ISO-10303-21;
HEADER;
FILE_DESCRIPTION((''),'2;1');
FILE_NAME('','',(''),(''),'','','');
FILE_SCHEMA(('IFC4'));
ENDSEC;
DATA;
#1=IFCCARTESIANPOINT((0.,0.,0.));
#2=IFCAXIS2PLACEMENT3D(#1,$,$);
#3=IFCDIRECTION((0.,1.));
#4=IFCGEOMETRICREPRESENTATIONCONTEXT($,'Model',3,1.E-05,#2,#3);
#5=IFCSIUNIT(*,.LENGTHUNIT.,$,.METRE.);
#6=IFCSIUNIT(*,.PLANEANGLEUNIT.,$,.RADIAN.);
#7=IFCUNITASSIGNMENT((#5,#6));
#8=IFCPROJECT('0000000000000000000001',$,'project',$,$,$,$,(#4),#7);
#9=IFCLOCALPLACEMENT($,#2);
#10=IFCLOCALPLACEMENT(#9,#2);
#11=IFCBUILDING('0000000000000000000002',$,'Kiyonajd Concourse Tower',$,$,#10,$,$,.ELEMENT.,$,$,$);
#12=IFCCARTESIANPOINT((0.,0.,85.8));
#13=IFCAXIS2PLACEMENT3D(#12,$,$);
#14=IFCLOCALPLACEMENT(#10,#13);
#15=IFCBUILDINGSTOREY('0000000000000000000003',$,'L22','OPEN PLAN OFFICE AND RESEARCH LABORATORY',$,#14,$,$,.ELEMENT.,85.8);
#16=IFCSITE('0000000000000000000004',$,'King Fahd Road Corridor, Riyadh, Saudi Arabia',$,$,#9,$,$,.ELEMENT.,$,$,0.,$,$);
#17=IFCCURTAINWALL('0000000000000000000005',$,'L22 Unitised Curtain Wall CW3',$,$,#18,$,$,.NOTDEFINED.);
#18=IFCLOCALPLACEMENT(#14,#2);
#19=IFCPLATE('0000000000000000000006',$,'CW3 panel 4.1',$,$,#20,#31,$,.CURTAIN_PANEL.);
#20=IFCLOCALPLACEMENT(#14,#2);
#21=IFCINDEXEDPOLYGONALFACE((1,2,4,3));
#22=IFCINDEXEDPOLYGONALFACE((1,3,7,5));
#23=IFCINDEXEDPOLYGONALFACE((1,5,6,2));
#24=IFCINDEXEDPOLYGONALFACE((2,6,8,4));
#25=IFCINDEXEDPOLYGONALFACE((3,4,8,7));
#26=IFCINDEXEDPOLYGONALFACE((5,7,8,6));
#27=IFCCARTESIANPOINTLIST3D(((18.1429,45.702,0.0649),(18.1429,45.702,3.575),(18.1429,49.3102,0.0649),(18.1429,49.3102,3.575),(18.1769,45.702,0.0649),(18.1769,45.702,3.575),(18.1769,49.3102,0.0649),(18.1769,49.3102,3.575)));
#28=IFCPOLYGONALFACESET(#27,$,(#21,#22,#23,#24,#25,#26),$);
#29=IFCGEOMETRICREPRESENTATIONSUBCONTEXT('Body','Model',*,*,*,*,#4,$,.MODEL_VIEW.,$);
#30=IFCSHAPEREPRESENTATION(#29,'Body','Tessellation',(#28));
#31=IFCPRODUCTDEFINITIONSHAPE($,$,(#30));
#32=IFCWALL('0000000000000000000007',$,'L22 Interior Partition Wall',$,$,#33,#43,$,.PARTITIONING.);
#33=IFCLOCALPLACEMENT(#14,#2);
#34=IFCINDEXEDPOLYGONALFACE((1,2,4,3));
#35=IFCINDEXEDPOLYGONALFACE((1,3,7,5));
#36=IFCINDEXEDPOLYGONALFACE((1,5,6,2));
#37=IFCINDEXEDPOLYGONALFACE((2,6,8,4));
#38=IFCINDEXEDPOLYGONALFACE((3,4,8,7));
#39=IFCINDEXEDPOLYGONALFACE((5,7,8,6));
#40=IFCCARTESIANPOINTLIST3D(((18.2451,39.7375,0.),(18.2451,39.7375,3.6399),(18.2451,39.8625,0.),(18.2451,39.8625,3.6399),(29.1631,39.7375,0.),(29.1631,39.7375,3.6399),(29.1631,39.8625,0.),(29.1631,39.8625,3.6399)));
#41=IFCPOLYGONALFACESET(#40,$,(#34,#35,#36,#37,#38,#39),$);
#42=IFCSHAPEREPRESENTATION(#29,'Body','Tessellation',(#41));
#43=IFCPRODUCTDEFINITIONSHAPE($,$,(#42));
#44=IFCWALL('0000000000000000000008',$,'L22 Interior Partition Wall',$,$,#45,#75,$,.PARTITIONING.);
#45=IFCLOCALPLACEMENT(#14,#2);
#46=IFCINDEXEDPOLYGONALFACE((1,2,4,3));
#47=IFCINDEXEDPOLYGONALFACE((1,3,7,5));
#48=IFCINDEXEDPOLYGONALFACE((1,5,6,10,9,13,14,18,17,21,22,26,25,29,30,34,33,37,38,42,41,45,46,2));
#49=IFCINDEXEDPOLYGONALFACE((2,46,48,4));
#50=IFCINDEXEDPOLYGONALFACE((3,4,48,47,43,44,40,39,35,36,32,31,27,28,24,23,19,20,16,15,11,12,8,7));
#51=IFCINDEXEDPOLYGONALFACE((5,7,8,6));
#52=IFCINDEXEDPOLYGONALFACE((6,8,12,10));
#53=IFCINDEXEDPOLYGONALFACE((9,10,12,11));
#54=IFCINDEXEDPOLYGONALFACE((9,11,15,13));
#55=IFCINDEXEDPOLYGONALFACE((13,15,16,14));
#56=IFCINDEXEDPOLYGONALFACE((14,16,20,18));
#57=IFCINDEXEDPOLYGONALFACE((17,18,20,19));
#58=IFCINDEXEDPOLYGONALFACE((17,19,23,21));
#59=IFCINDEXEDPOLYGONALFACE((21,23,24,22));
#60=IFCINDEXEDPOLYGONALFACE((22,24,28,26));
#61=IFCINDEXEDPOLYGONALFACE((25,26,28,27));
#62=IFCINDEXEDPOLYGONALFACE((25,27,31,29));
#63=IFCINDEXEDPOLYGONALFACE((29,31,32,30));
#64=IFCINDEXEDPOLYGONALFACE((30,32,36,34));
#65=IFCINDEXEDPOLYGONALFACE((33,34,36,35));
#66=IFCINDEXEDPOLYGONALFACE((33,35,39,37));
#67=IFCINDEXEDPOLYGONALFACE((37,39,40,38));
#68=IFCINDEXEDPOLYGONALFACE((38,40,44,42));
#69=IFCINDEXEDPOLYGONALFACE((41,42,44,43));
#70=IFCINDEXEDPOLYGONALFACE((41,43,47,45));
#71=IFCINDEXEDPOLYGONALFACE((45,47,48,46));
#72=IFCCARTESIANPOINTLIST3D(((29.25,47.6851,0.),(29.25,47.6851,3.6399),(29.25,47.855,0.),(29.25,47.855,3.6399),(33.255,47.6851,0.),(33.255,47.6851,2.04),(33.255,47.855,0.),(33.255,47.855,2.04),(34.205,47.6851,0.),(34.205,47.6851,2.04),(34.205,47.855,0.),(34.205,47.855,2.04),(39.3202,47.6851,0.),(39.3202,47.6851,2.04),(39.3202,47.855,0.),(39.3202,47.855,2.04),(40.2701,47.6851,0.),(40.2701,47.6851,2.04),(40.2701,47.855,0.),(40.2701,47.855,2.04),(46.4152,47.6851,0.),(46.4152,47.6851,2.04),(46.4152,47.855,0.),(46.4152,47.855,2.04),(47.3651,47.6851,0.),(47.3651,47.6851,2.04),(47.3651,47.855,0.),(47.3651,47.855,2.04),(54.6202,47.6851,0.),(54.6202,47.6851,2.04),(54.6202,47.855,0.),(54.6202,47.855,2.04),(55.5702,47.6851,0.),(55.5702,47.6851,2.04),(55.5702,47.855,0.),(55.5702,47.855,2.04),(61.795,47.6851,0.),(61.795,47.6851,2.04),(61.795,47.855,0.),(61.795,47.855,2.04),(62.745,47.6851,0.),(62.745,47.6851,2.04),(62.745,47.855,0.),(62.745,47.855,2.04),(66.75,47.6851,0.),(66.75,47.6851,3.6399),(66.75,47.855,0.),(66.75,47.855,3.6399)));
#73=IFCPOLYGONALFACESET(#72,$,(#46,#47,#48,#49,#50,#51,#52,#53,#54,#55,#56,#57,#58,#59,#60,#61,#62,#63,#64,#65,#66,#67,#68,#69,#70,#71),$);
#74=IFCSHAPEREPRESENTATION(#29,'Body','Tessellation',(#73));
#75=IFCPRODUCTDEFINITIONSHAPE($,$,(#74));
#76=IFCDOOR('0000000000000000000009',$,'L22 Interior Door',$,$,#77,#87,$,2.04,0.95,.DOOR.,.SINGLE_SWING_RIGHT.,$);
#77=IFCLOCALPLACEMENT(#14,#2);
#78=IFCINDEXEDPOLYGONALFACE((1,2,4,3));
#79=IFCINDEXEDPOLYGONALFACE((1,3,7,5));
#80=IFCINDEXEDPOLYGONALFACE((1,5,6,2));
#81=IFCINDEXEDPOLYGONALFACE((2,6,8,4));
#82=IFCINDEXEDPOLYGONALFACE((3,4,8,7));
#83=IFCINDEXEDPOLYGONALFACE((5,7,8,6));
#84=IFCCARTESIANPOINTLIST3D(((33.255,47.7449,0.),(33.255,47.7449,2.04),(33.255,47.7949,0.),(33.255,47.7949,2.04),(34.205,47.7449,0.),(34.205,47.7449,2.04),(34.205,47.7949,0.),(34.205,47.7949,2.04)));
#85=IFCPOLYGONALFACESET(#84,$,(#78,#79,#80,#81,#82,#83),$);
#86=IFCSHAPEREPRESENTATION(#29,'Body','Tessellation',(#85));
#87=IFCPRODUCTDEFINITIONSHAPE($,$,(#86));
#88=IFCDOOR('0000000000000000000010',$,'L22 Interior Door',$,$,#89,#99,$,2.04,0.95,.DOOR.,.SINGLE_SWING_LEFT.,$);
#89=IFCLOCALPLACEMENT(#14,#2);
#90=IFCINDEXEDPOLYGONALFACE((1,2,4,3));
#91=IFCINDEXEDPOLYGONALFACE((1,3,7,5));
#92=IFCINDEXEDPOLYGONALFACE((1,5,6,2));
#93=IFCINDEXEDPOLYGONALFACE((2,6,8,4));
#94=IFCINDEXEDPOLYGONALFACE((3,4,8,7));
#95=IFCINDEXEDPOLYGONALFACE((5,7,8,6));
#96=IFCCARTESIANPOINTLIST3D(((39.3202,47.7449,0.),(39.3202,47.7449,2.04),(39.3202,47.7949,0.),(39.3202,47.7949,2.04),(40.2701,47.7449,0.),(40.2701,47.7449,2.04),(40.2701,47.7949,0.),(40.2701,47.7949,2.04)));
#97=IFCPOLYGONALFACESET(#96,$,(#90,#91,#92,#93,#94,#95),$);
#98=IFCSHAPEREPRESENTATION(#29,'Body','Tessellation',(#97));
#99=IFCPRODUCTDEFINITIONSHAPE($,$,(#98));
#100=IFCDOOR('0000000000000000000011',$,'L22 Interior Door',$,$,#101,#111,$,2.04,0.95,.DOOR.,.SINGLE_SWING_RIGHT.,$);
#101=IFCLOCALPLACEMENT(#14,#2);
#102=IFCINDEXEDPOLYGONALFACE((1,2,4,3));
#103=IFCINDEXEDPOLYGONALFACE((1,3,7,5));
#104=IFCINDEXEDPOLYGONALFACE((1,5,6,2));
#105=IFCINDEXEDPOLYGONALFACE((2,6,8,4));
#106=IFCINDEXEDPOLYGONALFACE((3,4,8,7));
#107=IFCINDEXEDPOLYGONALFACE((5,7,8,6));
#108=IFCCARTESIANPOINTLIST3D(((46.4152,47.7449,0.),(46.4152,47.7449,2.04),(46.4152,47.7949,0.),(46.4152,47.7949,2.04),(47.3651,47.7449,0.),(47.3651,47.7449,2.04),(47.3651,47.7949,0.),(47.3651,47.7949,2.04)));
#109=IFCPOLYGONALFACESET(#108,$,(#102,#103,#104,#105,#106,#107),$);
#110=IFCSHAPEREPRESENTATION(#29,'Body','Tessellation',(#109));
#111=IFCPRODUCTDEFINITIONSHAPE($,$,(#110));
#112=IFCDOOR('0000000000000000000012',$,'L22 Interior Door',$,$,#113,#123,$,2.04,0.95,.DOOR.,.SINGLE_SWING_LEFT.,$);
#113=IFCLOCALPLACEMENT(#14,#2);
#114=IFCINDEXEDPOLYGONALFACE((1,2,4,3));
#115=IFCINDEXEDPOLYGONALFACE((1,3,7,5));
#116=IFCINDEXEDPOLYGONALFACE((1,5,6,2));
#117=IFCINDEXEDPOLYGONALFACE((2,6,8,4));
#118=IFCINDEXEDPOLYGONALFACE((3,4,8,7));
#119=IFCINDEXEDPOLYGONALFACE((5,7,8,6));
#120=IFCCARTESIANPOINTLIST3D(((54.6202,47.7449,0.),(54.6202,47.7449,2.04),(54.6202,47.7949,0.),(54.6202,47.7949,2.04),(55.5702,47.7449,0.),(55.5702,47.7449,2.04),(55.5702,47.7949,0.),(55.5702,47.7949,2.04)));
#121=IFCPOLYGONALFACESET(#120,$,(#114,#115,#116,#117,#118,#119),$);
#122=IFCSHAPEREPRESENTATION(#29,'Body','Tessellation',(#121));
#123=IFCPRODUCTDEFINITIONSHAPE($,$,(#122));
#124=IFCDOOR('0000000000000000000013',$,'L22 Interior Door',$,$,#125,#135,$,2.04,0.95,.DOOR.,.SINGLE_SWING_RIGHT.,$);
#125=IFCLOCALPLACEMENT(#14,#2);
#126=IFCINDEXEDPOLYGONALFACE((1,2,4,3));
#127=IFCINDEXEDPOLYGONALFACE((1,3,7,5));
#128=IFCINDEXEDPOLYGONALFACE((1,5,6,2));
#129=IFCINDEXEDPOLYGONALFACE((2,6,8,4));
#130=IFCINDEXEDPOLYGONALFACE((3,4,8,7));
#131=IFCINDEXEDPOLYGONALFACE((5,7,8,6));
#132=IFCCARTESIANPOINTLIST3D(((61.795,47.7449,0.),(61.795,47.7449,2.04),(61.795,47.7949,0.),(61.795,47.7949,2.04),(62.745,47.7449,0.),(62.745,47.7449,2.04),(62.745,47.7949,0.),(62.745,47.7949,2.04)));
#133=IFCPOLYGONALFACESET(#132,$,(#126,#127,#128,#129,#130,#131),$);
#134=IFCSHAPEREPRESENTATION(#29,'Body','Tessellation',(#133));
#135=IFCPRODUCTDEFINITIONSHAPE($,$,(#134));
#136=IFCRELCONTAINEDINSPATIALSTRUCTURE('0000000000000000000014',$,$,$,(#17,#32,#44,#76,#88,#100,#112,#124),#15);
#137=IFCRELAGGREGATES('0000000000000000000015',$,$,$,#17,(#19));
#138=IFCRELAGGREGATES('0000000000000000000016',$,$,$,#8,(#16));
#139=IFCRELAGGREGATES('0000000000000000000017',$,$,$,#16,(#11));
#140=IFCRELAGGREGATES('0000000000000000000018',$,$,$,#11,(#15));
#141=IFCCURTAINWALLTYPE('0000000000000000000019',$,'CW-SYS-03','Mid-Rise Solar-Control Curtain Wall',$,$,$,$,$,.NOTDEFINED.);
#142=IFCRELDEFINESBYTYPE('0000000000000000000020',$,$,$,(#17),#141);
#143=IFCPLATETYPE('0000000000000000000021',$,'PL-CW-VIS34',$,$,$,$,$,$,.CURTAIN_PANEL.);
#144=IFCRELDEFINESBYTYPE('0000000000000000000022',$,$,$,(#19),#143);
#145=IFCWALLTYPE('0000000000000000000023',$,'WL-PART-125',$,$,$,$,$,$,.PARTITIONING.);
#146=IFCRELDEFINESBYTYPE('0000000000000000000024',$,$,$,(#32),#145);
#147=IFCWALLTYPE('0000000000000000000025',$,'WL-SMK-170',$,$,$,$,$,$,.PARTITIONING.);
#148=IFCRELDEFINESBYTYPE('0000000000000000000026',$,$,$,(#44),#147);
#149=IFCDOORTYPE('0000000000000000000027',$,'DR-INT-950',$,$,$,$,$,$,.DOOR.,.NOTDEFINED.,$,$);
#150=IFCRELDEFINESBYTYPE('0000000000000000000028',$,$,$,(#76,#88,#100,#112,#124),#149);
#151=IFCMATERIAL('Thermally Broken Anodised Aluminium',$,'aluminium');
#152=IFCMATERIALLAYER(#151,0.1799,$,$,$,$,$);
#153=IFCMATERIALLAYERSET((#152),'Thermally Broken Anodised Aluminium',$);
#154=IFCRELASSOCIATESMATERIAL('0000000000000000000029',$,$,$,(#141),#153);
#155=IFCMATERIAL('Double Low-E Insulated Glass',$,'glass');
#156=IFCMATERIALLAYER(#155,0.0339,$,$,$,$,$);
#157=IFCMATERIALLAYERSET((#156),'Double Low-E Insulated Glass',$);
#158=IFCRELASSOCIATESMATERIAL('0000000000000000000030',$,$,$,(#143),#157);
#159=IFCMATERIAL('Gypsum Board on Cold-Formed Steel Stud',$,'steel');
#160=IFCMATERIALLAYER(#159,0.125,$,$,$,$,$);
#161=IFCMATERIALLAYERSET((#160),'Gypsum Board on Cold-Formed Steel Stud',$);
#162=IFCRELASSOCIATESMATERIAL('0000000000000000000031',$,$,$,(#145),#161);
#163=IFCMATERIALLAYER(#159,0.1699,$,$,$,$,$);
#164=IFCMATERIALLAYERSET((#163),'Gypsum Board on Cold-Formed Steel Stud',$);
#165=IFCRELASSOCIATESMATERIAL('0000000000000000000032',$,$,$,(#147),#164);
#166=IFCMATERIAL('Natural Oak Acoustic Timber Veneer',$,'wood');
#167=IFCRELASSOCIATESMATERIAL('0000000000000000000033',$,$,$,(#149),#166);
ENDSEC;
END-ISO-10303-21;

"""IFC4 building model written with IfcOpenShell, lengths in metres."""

from ifc_helpers import new_model, si_unit, direction, frame, frame_2d, origin, origin_2d, place, context, subcontext, project, spatial, rectangle, extrude, material, layer, layer_set, type_object, element, fill, aggregate, save


model = new_model("IFC4")

# Units and contexts
model_context = context("Model", 3, precision=1e-05, world=origin(), true_north=direction((0.0, 1.0)))
body_context = subcontext(model_context, "Body", "Model", "MODEL_VIEW")
ifc_project = project(units=[si_unit("LENGTHUNIT", "METRE"), si_unit("PLANEANGLEUNIT", "RADIAN")], contexts=[model_context])

# Site, building, storey
site_placement = place(None, origin())
site = spatial("IfcSite", under=ifc_project, at=site_placement, Name="King Fahd Road Corridor, Riyadh, Saudi Arabia", CompositionType="ELEMENT", RefElevation=0.0)
building_placement = place(site_placement, origin())
building = spatial("IfcBuilding", under=site, at=building_placement, Name="Kiyonajd Concourse Tower", CompositionType="ELEMENT")
storey_placement = place(building_placement, frame((0.0, 0.0, 85.8)))
storey = spatial("IfcBuildingStorey", under=building, at=storey_placement, Name="L22", Description="OPEN PLAN OFFICE AND RESEARCH LABORATORY", CompositionType="ELEMENT", Elevation=85.8)

# Curtain wall, plate
ifc_material_1 = material(Name="Thermally Broken Anodised Aluminium", Category="aluminium")
ifc_layer_1 = layer(ifc_material_1, 0.1799)
ifc_layer_set_1 = layer_set([ifc_layer_1], Name="Thermally Broken Anodised Aluminium")
curtain_wall_type = type_object("IfcCurtainWallType", Name="CW-SYS-03", Description="Mid-Rise Solar-Control Curtain Wall", PredefinedType="NOTDEFINED", material=ifc_layer_set_1)
curtain_wall_placement = place(storey_placement, origin())
curtain_wall = element("IfcCurtainWall", 1, at=curtain_wall_placement, inside=storey, type_object=curtain_wall_type, Name="L22 Unitised Curtain Wall CW3", PredefinedType="NOTDEFINED")
ifc_material_2 = material(Name="Double Low-E Insulated Glass", Category="glass")
ifc_layer_2 = layer(ifc_material_2, 0.0339)
ifc_layer_set_2 = layer_set([ifc_layer_2], Name="Double Low-E Insulated Glass")
plate_type = type_object("IfcPlateType", Name="PL-CW-VIS34", PredefinedType="CURTAIN_PANEL", material=ifc_layer_set_2)
plate_1_placement = place(storey_placement, frame((18.1599, 47.5061, 0.0649), z_axis=(0.0, 0.0, 1.0), x_axis=(0.0, 1.0, 0.0)))
plate_1 = element("IfcPlate", 2, at=plate_1_placement, type_object=plate_type, Name="CW3 panel 4.1", PredefinedType="CURTAIN_PANEL", context=body_context, shape_type="SweptSolid", body=[
    extrude(rectangle(XDim=3.6082, YDim=0.0339, at=origin_2d()), origin(), (0.0, 0.0, 1.0), 3.51),
])
aggregate(curtain_wall, [plate_1])

# Wall
ifc_material_3 = material(Name="Gypsum Board on Cold-Formed Steel Stud", Category="steel")
ifc_layer_3 = layer(ifc_material_3, 0.125)
ifc_layer_set_3 = layer_set([ifc_layer_3], Name="Gypsum Board on Cold-Formed Steel Stud")
wall_type_1 = type_object("IfcWallType", Name="WL-PART-125", PredefinedType="PARTITIONING", material=ifc_layer_set_3)
wall_1_placement = place(storey_placement, frame((18.2451, 39.8, 0.0), z_axis=(0.0, 0.0, 1.0), x_axis=(1.0, 0.0, 0.0)))
element("IfcWall", 3, at=wall_1_placement, inside=storey, type_object=wall_type_1, Name="L22 Interior Partition Wall", PredefinedType="PARTITIONING", context=body_context, shape_type="SweptSolid", body=[
    extrude(rectangle(XDim=10.918, YDim=0.125, at=frame_2d((5.459, 0.0))), origin(), (0.0, 0.0, 1.0), 3.6399),
])

# Wall, openings, doors
ifc_layer_4 = layer(ifc_material_3, 0.1699)
ifc_layer_set_4 = layer_set([ifc_layer_4], Name="Gypsum Board on Cold-Formed Steel Stud")
wall_type_2 = type_object("IfcWallType", Name="WL-SMK-170", PredefinedType="PARTITIONING", material=ifc_layer_set_4)
wall_2_placement = place(storey_placement, frame((29.25, 47.77, 0.0), z_axis=(0.0, 0.0, 1.0), x_axis=(1.0, 0.0, 0.0)))
wall_2 = element("IfcWall", 4, at=wall_2_placement, inside=storey, type_object=wall_type_2, Name="L22 Interior Partition Wall", PredefinedType="PARTITIONING", context=body_context, shape_type="SweptSolid", body=[
    extrude(rectangle(XDim=37.5, YDim=0.1699, at=frame_2d((18.75, 0.0))), origin(), (0.0, 0.0, 1.0), 3.6399),
])
opening_1_placement = place(wall_2_placement, frame((4.0049, 0.0, 0.0)))
opening_1 = element("IfcOpeningElement", 5, at=opening_1_placement, cuts=wall_2, PredefinedType="OPENING", context=body_context, shape_type="SweptSolid", body=[
    extrude(rectangle(XDim=0.95, YDim=2.04, at=frame_2d((0.4751, 1.02))), frame((0.0, 0.095, 0.0), z_axis=(0.0, -1.0, 0.0), x_axis=(1.0, 0.0, 0.0)), (0.0, 0.0, 1.0), 0.1899),
])
opening_2_placement = place(wall_2_placement, frame((10.0701, 0.0, 0.0)))
opening_2 = element("IfcOpeningElement", 6, at=opening_2_placement, cuts=wall_2, PredefinedType="OPENING", context=body_context, shape_type="SweptSolid", body=[
    extrude(rectangle(XDim=0.95, YDim=2.04, at=frame_2d((0.4751, 1.02))), frame((0.0, 0.095, 0.0), z_axis=(0.0, -1.0, 0.0), x_axis=(1.0, 0.0, 0.0)), (0.0, 0.0, 1.0), 0.1899),
])
opening_3_placement = place(wall_2_placement, frame((17.165, 0.0, 0.0)))
opening_3 = element("IfcOpeningElement", 7, at=opening_3_placement, cuts=wall_2, PredefinedType="OPENING", context=body_context, shape_type="SweptSolid", body=[
    extrude(rectangle(XDim=0.95, YDim=2.04, at=frame_2d((0.4751, 1.02))), frame((0.0, 0.095, 0.0), z_axis=(0.0, -1.0, 0.0), x_axis=(1.0, 0.0, 0.0)), (0.0, 0.0, 1.0), 0.1899),
])
opening_4_placement = place(wall_2_placement, frame((25.3701, 0.0, 0.0)))
opening_4 = element("IfcOpeningElement", 8, at=opening_4_placement, cuts=wall_2, PredefinedType="OPENING", context=body_context, shape_type="SweptSolid", body=[
    extrude(rectangle(XDim=0.95, YDim=2.04, at=frame_2d((0.4751, 1.02))), frame((0.0, 0.095, 0.0), z_axis=(0.0, -1.0, 0.0), x_axis=(1.0, 0.0, 0.0)), (0.0, 0.0, 1.0), 0.1899),
])
opening_5_placement = place(wall_2_placement, frame((32.5449, 0.0, 0.0)))
opening_5 = element("IfcOpeningElement", 9, at=opening_5_placement, cuts=wall_2, PredefinedType="OPENING", context=body_context, shape_type="SweptSolid", body=[
    extrude(rectangle(XDim=0.95, YDim=2.04, at=frame_2d((0.4751, 1.02))), frame((0.0, 0.095, 0.0), z_axis=(0.0, -1.0, 0.0), x_axis=(1.0, 0.0, 0.0)), (0.0, 0.0, 1.0), 0.1899),
])
ifc_material_4 = material(Name="Natural Oak Acoustic Timber Veneer", Category="wood")
door_type = type_object("IfcDoorType", Name="DR-INT-950", OperationType="NOTDEFINED", PredefinedType="DOOR", material=ifc_material_4)
door_1_placement = place(opening_1_placement, origin())
door_1 = element("IfcDoor", 10, at=door_1_placement, inside=storey, type_object=door_type, Name="L22 Interior Door", OperationType="SINGLE_SWING_RIGHT", OverallHeight=2.04, OverallWidth=0.95, PredefinedType="DOOR", context=body_context, shape_type="SweptSolid", body=[
    extrude(rectangle(XDim=0.95, YDim=2.04, at=frame_2d((0.4751, 1.02))), frame((0.0, 0.0249, 0.0), z_axis=(0.0, -1.0, 0.0), x_axis=(1.0, 0.0, 0.0)), (0.0, 0.0, 1.0), 0.05),
])
fill(opening_1, door_1)
door_2_placement = place(opening_2_placement, origin())
door_2 = element("IfcDoor", 11, at=door_2_placement, inside=storey, type_object=door_type, Name="L22 Interior Door", OperationType="SINGLE_SWING_LEFT", OverallHeight=2.04, OverallWidth=0.95, PredefinedType="DOOR", context=body_context, shape_type="SweptSolid", body=[
    extrude(rectangle(XDim=0.95, YDim=2.04, at=frame_2d((0.4751, 1.02))), frame((0.0, 0.0249, 0.0), z_axis=(0.0, -1.0, 0.0), x_axis=(1.0, 0.0, 0.0)), (0.0, 0.0, 1.0), 0.05),
])
fill(opening_2, door_2)
door_3_placement = place(opening_3_placement, origin())
door_3 = element("IfcDoor", 12, at=door_3_placement, inside=storey, type_object=door_type, Name="L22 Interior Door", OperationType="SINGLE_SWING_RIGHT", OverallHeight=2.04, OverallWidth=0.95, PredefinedType="DOOR", context=body_context, shape_type="SweptSolid", body=[
    extrude(rectangle(XDim=0.95, YDim=2.04, at=frame_2d((0.4751, 1.02))), frame((0.0, 0.0249, 0.0), z_axis=(0.0, -1.0, 0.0), x_axis=(1.0, 0.0, 0.0)), (0.0, 0.0, 1.0), 0.05),
])
fill(opening_3, door_3)
door_4_placement = place(opening_4_placement, origin())
door_4 = element("IfcDoor", 13, at=door_4_placement, inside=storey, type_object=door_type, Name="L22 Interior Door", OperationType="SINGLE_SWING_LEFT", OverallHeight=2.04, OverallWidth=0.95, PredefinedType="DOOR", context=body_context, shape_type="SweptSolid", body=[
    extrude(rectangle(XDim=0.95, YDim=2.04, at=frame_2d((0.4751, 1.02))), frame((0.0, 0.0249, 0.0), z_axis=(0.0, -1.0, 0.0), x_axis=(1.0, 0.0, 0.0)), (0.0, 0.0, 1.0), 0.05),
])
fill(opening_4, door_4)
door_5_placement = place(opening_5_placement, origin())
door_5 = element("IfcDoor", 14, at=door_5_placement, inside=storey, type_object=door_type, Name="L22 Interior Door", OperationType="SINGLE_SWING_RIGHT", OverallHeight=2.04, OverallWidth=0.95, PredefinedType="DOOR", context=body_context, shape_type="SweptSolid", body=[
    extrude(rectangle(XDim=0.95, YDim=2.04, at=frame_2d((0.4751, 1.02))), frame((0.0, 0.0249, 0.0), z_axis=(0.0, -1.0, 0.0), x_axis=(1.0, 0.0, 0.0)), (0.0, 0.0, 1.0), 0.05),
])
fill(opening_5, door_5)

save(model, "model.ifc")
